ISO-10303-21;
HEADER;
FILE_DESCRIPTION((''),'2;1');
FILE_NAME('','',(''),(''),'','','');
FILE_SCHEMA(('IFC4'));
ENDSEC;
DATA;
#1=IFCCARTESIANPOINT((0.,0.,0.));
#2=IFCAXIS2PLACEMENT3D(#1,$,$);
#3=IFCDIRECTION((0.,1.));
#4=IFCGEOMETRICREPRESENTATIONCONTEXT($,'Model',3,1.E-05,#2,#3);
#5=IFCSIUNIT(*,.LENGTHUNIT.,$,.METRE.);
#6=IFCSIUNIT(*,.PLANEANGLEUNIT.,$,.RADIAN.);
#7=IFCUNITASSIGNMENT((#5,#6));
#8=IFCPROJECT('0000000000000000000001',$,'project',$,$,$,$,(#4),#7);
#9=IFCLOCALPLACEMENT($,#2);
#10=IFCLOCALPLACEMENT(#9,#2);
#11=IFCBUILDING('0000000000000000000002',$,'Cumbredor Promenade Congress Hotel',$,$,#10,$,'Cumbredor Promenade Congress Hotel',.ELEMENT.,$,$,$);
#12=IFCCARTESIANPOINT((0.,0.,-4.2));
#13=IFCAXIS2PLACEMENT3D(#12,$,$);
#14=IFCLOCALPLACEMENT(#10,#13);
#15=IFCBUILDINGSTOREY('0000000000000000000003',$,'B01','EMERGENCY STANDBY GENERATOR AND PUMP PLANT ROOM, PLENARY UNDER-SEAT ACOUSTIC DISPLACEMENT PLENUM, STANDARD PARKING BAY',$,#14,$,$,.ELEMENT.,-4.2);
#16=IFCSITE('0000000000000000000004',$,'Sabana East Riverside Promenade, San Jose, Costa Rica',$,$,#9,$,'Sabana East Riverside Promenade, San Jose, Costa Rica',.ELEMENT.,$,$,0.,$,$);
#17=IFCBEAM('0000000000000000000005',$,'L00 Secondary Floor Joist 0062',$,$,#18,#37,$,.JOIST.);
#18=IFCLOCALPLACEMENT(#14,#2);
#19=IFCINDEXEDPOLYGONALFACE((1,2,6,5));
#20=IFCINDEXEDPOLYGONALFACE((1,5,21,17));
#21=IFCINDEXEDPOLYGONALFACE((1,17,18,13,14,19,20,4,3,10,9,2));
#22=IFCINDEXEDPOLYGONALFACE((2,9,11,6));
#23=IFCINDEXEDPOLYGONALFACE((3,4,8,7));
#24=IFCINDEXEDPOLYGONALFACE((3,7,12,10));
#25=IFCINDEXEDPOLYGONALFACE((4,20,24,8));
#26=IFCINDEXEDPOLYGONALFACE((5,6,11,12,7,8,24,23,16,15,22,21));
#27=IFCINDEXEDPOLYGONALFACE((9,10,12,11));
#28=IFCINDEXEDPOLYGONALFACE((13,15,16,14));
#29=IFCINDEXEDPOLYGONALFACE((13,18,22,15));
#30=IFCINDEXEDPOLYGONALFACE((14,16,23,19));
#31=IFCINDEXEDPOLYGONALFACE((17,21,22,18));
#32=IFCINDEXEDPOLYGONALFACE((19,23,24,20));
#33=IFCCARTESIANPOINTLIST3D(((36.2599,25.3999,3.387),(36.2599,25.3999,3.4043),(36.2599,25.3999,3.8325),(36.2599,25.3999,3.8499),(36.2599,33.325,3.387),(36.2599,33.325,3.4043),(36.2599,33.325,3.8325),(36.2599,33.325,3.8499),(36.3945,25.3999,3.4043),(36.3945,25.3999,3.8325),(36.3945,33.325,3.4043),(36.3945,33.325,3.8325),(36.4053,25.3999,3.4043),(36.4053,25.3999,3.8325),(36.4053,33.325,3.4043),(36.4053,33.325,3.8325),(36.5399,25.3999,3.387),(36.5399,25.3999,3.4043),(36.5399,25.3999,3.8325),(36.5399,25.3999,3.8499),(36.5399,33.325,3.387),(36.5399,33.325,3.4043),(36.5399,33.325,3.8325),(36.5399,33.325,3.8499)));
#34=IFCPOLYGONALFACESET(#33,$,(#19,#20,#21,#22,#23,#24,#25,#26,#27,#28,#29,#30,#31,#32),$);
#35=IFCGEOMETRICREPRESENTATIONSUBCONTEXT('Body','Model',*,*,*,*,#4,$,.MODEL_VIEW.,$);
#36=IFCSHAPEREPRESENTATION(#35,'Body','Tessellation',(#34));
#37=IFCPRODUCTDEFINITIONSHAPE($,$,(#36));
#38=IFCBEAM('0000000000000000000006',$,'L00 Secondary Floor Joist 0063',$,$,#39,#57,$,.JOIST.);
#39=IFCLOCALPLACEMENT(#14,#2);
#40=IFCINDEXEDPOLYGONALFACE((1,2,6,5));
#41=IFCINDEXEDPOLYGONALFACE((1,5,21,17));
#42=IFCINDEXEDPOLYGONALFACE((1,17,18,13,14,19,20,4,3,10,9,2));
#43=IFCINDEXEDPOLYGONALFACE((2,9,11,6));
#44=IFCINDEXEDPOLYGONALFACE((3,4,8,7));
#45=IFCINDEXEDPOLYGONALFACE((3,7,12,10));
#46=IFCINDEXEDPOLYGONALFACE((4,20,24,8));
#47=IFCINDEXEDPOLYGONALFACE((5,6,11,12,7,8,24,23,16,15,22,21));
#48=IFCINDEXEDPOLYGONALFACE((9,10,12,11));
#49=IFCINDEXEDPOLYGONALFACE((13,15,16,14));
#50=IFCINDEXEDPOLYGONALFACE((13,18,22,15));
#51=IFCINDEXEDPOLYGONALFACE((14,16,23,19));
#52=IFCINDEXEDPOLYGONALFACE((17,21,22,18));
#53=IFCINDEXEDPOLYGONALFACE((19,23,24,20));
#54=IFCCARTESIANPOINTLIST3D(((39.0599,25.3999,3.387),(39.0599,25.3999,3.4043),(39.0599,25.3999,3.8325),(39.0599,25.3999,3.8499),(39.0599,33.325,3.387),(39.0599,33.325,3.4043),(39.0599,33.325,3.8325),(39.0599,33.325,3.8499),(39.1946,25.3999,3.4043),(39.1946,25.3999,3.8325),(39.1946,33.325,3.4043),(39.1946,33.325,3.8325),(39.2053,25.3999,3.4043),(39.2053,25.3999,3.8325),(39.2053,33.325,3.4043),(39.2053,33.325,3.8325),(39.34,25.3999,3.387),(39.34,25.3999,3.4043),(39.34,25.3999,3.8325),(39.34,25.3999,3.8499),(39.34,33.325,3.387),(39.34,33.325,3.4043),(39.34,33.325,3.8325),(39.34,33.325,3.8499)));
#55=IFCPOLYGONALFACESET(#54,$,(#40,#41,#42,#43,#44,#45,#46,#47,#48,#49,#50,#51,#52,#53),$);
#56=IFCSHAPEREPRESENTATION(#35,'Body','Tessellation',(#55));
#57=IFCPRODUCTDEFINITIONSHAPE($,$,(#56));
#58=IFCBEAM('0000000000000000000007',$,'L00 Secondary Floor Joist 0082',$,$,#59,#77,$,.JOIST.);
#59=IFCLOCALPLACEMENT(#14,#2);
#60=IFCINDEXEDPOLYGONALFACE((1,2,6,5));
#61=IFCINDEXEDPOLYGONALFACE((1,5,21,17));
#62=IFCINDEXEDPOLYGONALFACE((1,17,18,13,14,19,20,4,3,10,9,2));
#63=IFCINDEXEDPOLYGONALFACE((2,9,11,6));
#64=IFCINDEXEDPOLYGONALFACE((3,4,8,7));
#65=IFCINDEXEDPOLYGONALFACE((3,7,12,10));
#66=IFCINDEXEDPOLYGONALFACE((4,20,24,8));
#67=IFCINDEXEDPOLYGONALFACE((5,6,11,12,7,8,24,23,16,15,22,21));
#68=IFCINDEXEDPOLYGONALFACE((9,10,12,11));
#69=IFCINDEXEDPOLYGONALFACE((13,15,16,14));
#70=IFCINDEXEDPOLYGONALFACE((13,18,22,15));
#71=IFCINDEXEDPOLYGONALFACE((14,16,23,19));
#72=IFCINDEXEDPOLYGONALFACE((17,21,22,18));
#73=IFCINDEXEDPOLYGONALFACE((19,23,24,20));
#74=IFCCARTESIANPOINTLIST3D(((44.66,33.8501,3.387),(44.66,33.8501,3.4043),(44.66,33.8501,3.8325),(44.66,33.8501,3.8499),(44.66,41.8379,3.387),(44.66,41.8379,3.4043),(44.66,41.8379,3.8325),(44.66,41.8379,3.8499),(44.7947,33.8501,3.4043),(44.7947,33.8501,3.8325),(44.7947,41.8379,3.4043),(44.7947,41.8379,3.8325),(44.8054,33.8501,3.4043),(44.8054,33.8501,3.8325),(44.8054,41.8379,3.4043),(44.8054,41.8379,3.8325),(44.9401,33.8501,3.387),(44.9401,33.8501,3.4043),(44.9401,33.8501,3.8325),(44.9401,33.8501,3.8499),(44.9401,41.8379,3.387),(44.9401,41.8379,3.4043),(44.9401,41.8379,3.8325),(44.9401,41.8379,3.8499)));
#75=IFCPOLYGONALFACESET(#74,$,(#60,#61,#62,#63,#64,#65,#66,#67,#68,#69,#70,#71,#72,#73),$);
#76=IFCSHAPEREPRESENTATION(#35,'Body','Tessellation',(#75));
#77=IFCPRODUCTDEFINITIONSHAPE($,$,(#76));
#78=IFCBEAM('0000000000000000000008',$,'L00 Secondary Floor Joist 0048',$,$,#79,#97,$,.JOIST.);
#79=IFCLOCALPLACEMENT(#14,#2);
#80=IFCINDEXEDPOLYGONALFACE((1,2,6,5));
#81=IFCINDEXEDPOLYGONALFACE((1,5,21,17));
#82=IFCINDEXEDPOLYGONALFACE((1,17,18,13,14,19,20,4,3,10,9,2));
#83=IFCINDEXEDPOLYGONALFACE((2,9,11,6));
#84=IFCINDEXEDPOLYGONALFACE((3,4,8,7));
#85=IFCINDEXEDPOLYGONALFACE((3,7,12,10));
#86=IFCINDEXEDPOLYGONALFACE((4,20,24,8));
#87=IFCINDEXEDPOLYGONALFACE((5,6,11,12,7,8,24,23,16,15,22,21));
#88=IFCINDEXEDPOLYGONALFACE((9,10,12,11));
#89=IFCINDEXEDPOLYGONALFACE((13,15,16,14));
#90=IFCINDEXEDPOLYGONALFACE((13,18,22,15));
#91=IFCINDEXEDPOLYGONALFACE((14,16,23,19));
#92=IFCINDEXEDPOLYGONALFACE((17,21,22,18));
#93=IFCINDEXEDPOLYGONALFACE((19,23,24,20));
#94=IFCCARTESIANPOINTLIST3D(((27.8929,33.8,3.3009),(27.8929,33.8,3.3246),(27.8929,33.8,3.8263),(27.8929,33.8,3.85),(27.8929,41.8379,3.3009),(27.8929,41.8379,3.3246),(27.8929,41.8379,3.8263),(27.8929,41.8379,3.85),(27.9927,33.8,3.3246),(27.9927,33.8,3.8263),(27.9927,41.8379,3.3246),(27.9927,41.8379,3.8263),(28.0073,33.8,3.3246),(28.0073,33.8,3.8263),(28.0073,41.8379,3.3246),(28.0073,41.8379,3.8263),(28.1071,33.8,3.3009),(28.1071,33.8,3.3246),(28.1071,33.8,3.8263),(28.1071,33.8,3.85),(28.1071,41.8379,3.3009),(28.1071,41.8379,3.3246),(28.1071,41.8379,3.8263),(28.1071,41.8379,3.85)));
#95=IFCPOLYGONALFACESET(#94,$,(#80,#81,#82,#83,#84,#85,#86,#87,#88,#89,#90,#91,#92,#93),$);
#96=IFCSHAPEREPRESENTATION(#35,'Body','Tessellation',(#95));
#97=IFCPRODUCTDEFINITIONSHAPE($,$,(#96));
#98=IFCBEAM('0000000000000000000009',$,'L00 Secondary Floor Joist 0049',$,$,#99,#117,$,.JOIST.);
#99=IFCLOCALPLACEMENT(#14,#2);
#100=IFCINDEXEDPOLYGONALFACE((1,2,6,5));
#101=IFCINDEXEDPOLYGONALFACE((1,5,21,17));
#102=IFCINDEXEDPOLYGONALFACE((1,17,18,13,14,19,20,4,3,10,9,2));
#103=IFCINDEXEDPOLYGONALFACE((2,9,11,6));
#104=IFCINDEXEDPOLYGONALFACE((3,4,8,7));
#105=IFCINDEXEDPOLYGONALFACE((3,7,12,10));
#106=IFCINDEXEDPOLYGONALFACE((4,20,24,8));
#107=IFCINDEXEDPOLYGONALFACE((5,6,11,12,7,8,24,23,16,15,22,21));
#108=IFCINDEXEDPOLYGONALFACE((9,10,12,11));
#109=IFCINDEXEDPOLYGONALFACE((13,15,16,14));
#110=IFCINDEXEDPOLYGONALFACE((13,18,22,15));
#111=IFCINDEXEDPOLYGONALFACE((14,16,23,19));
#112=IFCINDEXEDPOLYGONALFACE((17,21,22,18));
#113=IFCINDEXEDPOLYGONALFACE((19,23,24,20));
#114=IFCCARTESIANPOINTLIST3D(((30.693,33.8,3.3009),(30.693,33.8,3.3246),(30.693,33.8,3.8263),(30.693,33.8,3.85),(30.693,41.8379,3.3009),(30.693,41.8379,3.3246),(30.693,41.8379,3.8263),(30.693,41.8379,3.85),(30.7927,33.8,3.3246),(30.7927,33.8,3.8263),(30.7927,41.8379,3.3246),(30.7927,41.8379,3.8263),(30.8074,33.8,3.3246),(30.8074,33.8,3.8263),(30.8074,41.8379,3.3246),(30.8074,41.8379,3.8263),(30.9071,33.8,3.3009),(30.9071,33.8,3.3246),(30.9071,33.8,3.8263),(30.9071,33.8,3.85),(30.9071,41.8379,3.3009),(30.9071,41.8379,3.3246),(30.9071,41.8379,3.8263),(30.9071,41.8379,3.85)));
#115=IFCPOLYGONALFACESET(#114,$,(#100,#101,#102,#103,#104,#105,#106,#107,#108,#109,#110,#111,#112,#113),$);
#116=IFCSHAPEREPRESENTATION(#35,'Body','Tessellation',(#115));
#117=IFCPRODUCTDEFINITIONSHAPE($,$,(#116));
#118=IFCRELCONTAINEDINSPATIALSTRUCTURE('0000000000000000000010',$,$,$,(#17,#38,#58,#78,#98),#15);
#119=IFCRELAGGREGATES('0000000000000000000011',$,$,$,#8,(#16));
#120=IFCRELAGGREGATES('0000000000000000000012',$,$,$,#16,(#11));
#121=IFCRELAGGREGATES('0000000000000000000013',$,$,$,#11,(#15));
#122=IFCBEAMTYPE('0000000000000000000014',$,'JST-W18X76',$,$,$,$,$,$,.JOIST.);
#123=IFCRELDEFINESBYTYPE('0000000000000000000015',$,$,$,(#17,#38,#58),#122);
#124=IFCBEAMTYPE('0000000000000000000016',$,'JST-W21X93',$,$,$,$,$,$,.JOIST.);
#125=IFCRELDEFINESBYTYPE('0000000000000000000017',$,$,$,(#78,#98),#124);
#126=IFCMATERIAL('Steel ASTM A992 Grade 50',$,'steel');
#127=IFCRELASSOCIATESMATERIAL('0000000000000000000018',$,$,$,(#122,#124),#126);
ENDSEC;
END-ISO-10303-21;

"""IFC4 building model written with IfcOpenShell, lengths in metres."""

from ifc_helpers import new_model, si_unit, direction, frame, origin, origin_2d, place, context, subcontext, project, spatial, i_section, extrude, material, material_profile, profile_set, type_object, element, save


model = new_model("IFC4")

# Units and contexts
model_context = context("Model", 3, precision=1e-05, world=origin(), true_north=direction((0.0, 1.0)))
body_context = subcontext(model_context, "Body", "Model", "MODEL_VIEW")
ifc_project = project(units=[si_unit("LENGTHUNIT", "METRE"), si_unit("PLANEANGLEUNIT", "RADIAN")], contexts=[model_context])

# Site, building, storey
site_placement = place(None, origin())
site = spatial("IfcSite", under=ifc_project, at=site_placement, Name="Sabana East Riverside Promenade, San Jose, Costa Rica", LongName="Sabana East Riverside Promenade, San Jose, Costa Rica", CompositionType="ELEMENT", RefElevation=0.0)
building_placement = place(site_placement, origin())
building = spatial("IfcBuilding", under=site, at=building_placement, Name="Cumbredor Promenade Congress Hotel", LongName="Cumbredor Promenade Congress Hotel", CompositionType="ELEMENT")
storey_placement = place(building_placement, frame((0.0, 0.0, -4.2)))
storey = spatial("IfcBuildingStorey", under=building, at=storey_placement, Name="B01", Description="EMERGENCY STANDBY GENERATOR AND PUMP PLANT ROOM, PLENARY UNDER-SEAT ACOUSTIC DISPLACEMENT PLENUM, STANDARD PARKING BAY", CompositionType="ELEMENT", Elevation=-4.2)

# Beams
ifc_material_1 = material(Name="Steel ASTM A992 Grade 50", Category="steel")
ifc_material_profile_1 = material_profile(ifc_material_1, i_section(OverallWidth=0.28, OverallDepth=0.4629, WebThickness=0.0107, FlangeThickness=0.0173, at=origin_2d()), Name="W18X76")
ifc_profile_set_1 = profile_set([ifc_material_profile_1], Name="Steel ASTM A992 Grade 50")
beam_type_1 = type_object("IfcBeamType", Name="JST-W18X76", PredefinedType="JOIST", material=ifc_profile_set_1)
for number, where, z_axis, x_axis, name in (
    (1, (36.3999, 25.3999, 3.6184), (0.0, 1.0, 0.0), (-1.0, 0.0, 0.0), "L00 Secondary Floor Joist 0062"),
    (2, (39.2, 25.3999, 3.6184), (0.0, 1.0, 0.0), (-1.0, 0.0, 0.0), "L00 Secondary Floor Joist 0063"),
):
    element("IfcBeam", number, at=place(storey_placement, frame(where, z_axis=z_axis, x_axis=x_axis)), inside=storey, type_object=beam_type_1, Name=name, PredefinedType="JOIST", context=body_context, shape_type="SweptSolid", body=[
        extrude(i_section(OverallWidth=0.28, OverallDepth=0.4629, WebThickness=0.0107, FlangeThickness=0.0173, at=origin_2d()), origin(), (0.0, 0.0, 1.0), 7.925),
    ])
beam_1_placement = place(storey_placement, frame((44.8, 33.8501, 3.6184), z_axis=(0.0, 1.0, 0.0), x_axis=(-1.0, 0.0, 0.0)))
element("IfcBeam", 3, at=beam_1_placement, inside=storey, type_object=beam_type_1, Name="L00 Secondary Floor Joist 0082", PredefinedType="JOIST", context=body_context, shape_type="SweptSolid", body=[
    extrude(i_section(OverallWidth=0.28, OverallDepth=0.4629, WebThickness=0.0107, FlangeThickness=0.0173, at=origin_2d()), origin(), (0.0, 0.0, 1.0), 7.9878),
])
ifc_material_profile_2 = material_profile(ifc_material_1, i_section(OverallWidth=0.2141, OverallDepth=0.5491, WebThickness=0.0146, FlangeThickness=0.0237, at=origin_2d()), Name="W21X93")
ifc_profile_set_2 = profile_set([ifc_material_profile_2], Name="Steel ASTM A992 Grade 50")
beam_type_2 = type_object("IfcBeamType", Name="JST-W21X93", PredefinedType="JOIST", material=ifc_profile_set_2)
for number, where, z_axis, x_axis, name in (
    (4, (28.0, 33.8, 3.5754), (0.0, 1.0, 0.0), (-1.0, 0.0, 0.0), "L00 Secondary Floor Joist 0048"),
    (5, (30.8, 33.8, 3.5754), (0.0, 1.0, 0.0), (-1.0, 0.0, 0.0), "L00 Secondary Floor Joist 0049"),
):
    element("IfcBeam", number, at=place(storey_placement, frame(where, z_axis=z_axis, x_axis=x_axis)), inside=storey, type_object=beam_type_2, Name=name, PredefinedType="JOIST", context=body_context, shape_type="SweptSolid", body=[
        extrude(i_section(OverallWidth=0.2141, OverallDepth=0.5491, WebThickness=0.0146, FlangeThickness=0.0237, at=origin_2d()), origin(), (0.0, 0.0, 1.0), 8.0378),
    ])

save(model, "model.ifc")
